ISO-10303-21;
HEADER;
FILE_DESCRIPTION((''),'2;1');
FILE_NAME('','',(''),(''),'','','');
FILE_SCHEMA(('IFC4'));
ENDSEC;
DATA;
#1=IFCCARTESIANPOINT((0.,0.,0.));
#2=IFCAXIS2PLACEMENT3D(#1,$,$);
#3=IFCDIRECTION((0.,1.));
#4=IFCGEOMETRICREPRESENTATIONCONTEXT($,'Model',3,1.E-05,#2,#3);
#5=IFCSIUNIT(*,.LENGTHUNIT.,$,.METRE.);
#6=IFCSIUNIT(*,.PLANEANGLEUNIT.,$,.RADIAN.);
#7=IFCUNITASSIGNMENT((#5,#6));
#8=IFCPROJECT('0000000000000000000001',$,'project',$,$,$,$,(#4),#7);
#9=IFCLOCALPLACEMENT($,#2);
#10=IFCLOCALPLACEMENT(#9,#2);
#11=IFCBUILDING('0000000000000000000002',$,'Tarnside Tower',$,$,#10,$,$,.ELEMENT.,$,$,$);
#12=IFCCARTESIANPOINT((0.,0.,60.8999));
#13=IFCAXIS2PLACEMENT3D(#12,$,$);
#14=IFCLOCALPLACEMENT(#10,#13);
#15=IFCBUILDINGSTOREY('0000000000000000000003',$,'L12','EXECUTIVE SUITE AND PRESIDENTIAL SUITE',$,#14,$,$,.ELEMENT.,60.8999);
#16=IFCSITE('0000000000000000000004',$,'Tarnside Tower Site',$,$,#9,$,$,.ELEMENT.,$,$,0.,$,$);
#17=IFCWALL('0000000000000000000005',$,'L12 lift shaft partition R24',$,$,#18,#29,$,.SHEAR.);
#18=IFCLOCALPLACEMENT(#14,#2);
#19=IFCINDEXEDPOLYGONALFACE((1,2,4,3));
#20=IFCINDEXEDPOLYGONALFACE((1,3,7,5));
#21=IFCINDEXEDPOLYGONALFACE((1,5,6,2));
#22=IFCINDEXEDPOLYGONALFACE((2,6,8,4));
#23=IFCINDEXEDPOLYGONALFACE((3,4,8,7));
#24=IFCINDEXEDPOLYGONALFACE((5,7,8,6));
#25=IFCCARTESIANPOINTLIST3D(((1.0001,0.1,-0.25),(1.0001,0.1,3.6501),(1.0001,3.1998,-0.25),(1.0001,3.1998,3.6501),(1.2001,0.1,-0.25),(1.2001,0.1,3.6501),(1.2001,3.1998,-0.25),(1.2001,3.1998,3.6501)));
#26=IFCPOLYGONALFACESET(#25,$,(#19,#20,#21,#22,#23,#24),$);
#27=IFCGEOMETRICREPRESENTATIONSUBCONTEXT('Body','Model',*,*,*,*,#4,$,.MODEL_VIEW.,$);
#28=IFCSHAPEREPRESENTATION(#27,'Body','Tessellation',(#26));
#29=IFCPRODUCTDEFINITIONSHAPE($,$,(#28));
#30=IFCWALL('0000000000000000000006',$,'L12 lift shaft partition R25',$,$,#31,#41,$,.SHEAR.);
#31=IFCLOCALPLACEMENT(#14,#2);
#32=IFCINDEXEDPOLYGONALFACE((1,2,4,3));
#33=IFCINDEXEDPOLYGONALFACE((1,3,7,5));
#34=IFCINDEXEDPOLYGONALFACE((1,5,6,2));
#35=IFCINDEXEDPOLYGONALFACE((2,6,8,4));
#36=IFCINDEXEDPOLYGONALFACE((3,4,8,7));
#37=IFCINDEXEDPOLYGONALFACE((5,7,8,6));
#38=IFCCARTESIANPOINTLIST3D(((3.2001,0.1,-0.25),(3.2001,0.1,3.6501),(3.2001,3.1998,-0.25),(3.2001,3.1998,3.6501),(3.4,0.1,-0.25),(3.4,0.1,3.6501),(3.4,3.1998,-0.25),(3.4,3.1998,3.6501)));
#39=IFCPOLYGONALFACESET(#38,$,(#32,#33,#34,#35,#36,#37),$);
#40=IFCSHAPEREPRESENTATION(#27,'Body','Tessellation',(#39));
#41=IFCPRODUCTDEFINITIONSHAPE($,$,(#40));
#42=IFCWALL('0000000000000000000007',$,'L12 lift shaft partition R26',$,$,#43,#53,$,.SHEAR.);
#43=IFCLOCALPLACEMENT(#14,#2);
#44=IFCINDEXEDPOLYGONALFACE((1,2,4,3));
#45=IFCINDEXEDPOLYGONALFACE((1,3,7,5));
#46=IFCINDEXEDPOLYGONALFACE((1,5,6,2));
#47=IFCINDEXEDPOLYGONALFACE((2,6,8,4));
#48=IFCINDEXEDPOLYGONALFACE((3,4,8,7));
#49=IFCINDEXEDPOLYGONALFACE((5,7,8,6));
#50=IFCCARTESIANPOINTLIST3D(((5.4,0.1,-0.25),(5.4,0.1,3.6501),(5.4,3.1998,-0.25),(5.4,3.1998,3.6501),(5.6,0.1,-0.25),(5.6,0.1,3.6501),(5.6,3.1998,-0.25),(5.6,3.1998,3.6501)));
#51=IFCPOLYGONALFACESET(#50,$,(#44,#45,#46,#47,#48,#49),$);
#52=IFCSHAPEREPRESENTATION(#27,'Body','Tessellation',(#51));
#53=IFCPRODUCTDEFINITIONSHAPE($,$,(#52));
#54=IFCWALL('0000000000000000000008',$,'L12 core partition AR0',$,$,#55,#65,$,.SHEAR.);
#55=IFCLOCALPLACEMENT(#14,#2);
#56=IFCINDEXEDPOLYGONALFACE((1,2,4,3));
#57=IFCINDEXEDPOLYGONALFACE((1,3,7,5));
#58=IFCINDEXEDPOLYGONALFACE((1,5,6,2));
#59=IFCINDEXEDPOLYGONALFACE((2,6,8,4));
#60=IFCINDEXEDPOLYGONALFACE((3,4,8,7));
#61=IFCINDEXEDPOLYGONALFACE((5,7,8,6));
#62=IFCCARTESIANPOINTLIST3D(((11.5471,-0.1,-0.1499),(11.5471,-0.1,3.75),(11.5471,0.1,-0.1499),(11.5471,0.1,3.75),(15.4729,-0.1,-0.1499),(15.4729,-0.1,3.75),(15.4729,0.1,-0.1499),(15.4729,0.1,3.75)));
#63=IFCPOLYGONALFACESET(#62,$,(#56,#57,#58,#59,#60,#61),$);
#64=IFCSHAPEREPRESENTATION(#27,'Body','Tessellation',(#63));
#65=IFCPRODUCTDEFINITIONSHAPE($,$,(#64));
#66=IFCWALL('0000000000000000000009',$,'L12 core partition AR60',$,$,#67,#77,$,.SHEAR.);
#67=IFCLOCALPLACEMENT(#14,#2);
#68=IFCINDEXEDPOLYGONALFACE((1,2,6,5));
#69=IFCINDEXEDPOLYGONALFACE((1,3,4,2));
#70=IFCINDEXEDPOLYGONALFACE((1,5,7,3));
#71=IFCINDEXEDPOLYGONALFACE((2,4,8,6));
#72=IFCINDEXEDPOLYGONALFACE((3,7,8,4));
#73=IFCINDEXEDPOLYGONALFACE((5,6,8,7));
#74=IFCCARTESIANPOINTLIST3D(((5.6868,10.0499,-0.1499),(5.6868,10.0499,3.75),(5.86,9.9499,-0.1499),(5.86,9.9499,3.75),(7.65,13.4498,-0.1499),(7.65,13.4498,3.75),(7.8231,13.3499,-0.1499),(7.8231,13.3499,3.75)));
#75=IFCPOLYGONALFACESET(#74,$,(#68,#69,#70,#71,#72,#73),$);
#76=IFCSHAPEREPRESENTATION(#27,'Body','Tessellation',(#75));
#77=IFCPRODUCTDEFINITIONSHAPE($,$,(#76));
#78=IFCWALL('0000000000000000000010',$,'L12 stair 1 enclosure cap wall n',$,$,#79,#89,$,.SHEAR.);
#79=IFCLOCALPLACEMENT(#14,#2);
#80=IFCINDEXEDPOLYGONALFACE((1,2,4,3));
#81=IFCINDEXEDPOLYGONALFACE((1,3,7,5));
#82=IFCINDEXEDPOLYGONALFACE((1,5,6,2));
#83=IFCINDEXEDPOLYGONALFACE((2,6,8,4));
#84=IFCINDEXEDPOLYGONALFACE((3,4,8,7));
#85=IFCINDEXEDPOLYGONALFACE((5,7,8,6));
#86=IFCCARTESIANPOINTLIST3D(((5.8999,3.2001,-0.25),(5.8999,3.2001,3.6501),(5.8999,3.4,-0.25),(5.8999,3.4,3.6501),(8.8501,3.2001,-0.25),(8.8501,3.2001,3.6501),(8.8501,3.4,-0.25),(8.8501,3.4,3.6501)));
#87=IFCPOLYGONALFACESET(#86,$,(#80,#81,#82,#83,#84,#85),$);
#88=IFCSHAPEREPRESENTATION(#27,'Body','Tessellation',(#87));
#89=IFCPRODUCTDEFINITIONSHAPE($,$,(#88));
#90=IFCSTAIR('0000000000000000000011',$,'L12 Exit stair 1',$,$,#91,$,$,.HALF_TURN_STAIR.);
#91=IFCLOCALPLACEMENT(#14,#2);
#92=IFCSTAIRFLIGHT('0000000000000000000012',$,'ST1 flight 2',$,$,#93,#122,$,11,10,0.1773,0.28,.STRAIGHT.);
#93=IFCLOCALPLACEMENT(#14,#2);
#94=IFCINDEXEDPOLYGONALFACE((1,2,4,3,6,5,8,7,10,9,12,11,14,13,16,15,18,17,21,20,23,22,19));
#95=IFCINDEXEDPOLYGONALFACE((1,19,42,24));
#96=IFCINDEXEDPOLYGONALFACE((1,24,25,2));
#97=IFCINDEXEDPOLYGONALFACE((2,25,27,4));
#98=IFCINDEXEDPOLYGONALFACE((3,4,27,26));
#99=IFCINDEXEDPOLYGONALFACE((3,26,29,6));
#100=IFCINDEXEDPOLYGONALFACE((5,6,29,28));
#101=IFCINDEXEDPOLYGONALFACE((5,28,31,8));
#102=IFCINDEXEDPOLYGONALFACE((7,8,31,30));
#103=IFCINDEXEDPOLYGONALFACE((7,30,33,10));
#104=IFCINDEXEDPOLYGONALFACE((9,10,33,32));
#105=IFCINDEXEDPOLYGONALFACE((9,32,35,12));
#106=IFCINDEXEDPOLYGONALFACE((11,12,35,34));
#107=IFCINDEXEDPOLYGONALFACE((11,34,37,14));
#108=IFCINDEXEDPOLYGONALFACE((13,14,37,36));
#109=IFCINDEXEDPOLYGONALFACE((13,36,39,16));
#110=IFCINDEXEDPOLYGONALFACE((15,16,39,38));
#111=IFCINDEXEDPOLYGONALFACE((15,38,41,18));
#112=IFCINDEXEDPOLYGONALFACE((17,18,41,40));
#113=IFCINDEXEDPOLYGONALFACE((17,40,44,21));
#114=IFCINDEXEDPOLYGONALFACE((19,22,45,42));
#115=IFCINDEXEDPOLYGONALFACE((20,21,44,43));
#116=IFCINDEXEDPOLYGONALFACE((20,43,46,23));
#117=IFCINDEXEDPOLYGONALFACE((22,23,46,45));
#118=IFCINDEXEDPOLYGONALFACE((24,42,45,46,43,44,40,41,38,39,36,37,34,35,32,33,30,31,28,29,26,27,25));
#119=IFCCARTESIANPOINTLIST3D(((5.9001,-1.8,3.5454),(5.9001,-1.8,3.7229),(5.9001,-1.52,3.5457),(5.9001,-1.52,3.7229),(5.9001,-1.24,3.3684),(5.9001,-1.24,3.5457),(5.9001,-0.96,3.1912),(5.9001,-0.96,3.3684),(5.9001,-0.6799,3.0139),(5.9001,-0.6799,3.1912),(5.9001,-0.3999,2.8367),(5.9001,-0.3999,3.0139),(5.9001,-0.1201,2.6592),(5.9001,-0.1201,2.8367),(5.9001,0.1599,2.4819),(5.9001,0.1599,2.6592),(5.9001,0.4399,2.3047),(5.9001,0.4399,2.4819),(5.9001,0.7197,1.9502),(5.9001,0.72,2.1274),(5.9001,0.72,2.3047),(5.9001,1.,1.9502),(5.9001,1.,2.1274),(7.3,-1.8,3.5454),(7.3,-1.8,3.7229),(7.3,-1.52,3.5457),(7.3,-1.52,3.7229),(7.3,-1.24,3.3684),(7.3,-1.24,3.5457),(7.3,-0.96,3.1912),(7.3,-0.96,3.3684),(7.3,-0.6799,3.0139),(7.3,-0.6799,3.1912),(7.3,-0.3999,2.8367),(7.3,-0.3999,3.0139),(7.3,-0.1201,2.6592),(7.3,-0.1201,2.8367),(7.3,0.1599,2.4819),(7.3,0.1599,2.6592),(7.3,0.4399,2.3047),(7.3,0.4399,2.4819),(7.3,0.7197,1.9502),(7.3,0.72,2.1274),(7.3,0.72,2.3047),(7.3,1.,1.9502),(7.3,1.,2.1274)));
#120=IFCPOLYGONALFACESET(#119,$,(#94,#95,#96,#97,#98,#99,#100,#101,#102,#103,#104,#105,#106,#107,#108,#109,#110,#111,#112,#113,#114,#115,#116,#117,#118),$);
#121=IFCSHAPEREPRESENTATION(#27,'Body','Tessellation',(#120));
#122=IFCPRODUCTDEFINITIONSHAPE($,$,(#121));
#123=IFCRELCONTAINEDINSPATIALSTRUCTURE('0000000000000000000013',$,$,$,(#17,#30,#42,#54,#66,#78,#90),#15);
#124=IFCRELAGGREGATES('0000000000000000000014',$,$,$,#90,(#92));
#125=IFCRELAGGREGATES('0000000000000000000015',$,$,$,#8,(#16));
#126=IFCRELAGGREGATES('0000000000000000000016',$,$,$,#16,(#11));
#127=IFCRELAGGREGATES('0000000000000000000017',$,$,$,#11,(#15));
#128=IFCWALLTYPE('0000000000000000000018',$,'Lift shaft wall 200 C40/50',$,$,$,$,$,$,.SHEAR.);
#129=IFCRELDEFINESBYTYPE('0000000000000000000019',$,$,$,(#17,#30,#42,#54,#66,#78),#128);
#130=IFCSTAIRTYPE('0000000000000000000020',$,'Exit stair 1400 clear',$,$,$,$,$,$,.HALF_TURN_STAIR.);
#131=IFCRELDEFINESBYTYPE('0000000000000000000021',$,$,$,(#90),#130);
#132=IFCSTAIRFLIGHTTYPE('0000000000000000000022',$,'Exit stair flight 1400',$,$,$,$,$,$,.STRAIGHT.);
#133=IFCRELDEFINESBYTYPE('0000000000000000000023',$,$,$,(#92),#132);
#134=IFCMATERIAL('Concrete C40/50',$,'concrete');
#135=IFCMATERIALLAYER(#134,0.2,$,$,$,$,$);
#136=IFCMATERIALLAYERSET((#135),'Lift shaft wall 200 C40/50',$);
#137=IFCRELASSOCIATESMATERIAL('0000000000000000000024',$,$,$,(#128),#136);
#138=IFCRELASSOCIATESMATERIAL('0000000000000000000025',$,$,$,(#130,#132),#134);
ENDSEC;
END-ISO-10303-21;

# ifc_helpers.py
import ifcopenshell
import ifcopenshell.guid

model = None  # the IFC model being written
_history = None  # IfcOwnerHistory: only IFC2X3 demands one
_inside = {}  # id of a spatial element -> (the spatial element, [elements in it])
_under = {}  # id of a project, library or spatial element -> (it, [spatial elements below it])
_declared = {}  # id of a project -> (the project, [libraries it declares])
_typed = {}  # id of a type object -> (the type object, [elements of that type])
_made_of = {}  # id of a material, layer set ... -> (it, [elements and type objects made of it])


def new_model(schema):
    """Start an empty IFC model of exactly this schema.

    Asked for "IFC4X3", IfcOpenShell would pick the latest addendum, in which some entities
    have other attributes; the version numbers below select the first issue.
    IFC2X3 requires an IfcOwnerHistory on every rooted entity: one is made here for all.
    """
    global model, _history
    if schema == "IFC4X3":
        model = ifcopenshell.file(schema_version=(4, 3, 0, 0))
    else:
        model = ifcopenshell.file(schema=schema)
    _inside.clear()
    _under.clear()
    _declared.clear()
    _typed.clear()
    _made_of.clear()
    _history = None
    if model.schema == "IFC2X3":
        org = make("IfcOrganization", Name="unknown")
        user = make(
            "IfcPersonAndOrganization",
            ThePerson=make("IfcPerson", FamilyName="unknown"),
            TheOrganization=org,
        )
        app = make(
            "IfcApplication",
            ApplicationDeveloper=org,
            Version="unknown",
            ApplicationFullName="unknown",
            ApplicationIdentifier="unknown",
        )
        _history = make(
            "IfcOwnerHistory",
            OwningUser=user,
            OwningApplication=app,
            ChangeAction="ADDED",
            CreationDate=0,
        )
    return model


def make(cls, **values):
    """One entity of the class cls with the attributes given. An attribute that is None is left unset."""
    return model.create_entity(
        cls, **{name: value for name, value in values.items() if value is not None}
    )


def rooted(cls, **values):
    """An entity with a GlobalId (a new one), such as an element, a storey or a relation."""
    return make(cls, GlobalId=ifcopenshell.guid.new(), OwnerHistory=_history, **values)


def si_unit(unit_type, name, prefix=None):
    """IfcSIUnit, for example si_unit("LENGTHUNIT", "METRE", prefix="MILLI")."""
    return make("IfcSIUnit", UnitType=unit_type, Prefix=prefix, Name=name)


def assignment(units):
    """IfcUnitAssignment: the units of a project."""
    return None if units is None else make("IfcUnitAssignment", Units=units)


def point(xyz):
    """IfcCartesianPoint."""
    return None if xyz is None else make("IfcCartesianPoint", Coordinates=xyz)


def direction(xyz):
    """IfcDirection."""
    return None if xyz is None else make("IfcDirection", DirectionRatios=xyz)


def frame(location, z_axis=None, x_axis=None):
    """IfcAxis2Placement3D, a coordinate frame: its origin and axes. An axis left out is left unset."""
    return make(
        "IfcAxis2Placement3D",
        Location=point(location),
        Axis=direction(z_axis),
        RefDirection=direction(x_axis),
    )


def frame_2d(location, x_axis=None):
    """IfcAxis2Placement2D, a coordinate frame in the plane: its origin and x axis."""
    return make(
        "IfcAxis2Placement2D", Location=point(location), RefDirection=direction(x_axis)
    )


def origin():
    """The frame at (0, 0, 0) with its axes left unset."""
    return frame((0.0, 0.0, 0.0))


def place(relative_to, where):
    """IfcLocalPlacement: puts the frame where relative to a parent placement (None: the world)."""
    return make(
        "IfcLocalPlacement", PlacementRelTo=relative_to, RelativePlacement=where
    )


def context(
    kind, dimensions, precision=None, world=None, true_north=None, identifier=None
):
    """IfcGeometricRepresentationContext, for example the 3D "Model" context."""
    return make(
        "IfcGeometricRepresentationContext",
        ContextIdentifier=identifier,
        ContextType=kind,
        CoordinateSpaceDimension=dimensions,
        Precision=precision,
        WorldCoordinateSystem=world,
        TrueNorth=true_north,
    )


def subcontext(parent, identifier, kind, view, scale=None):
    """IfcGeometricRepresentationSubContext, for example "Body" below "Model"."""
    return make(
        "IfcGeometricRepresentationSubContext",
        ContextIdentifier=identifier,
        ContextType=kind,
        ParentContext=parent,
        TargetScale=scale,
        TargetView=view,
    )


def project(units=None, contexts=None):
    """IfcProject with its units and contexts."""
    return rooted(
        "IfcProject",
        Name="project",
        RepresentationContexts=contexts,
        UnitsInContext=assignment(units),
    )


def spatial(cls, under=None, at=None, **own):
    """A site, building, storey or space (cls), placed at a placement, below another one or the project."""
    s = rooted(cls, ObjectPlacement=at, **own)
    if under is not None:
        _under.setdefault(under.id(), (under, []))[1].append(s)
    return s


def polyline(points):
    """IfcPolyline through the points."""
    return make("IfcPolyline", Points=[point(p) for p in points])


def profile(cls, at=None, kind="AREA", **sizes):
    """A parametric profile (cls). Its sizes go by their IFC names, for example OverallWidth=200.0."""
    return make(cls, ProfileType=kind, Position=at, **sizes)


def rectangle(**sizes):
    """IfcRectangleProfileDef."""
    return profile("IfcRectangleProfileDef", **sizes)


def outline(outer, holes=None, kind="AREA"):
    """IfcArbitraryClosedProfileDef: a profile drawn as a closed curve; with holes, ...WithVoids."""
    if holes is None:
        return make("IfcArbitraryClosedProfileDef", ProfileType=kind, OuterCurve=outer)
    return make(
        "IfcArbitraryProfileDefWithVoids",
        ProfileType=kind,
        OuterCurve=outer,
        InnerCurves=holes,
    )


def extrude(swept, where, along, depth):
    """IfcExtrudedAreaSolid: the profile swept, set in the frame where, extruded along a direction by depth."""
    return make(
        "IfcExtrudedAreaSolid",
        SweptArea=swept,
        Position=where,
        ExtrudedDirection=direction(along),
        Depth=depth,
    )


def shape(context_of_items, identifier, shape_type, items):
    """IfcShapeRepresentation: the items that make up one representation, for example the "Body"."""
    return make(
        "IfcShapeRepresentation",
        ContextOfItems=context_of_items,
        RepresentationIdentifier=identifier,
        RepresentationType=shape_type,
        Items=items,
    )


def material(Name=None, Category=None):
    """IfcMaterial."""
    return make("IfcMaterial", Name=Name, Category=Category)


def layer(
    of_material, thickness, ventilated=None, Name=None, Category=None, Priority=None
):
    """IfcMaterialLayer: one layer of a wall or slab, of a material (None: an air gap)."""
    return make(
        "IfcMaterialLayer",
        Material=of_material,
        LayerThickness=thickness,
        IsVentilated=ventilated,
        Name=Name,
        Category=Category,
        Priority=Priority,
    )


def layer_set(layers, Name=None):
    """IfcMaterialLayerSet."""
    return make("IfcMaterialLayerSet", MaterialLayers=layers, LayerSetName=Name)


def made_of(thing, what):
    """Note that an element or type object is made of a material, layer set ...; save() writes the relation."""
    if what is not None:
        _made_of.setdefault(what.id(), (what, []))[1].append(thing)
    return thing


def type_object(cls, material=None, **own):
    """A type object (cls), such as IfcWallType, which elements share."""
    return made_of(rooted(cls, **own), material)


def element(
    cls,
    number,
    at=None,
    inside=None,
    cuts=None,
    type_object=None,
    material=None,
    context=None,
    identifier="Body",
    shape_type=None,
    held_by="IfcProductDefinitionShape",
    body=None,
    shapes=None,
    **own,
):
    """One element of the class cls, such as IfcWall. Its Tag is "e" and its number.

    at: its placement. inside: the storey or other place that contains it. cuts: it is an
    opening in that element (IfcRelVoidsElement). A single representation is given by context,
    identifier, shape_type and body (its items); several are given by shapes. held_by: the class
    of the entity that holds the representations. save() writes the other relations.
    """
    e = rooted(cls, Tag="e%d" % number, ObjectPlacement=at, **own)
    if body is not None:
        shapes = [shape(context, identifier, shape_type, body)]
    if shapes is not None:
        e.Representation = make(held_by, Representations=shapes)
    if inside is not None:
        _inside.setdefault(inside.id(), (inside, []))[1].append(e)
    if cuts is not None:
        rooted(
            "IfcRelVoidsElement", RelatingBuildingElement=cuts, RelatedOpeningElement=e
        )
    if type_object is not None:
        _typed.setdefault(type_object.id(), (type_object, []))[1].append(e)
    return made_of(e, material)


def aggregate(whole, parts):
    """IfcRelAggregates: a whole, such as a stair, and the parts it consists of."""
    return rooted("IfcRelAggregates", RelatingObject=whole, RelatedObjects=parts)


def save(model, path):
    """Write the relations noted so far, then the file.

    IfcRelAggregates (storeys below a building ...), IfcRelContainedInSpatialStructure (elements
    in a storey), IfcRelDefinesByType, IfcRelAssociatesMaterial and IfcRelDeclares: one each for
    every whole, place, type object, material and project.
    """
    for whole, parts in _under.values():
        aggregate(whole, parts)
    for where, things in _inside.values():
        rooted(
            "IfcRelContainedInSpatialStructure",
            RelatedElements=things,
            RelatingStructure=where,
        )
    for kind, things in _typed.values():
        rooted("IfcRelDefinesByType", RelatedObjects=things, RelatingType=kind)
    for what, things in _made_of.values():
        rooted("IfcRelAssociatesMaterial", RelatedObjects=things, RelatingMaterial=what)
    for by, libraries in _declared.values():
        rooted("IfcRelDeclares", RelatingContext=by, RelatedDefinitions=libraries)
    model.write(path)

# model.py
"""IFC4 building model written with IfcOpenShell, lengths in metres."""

from ifc_helpers import new_model, si_unit, direction, frame, frame_2d, origin, place, context, subcontext, project, spatial, polyline, rectangle, outline, extrude, material, layer, layer_set, type_object, element, aggregate, save


model = new_model("IFC4")

# Units and contexts
model_context = context("Model", 3, precision=1e-05, world=origin(), true_north=direction((0.0, 1.0)))
body_context = subcontext(model_context, "Body", "Model", "MODEL_VIEW")
ifc_project = project(units=[si_unit("LENGTHUNIT", "METRE"), si_unit("PLANEANGLEUNIT", "RADIAN")], contexts=[model_context])

# Site, building, storey
site_placement = place(None, origin())
site = spatial("IfcSite", under=ifc_project, at=site_placement, Name="Tarnside Tower Site", CompositionType="ELEMENT", RefElevation=0.0)
building_placement = place(site_placement, origin())
building = spatial("IfcBuilding", under=site, at=building_placement, Name="Tarnside Tower", CompositionType="ELEMENT")
storey_placement = place(building_placement, frame((0.0, 0.0, 60.8999)))
storey = spatial("IfcBuildingStorey", under=building, at=storey_placement, Name="L12", Description="EXECUTIVE SUITE AND PRESIDENTIAL SUITE", CompositionType="ELEMENT", Elevation=60.8999)

# Shared definitions
ifc_material_1 = material(Name="Concrete C40/50", Category="concrete")

# Walls
ifc_layer_1 = layer(ifc_material_1, 0.2)
ifc_layer_set_1 = layer_set([ifc_layer_1], Name="Lift shaft wall 200 C40/50")
wall_type_1 = type_object("IfcWallType", Name="Lift shaft wall 200 C40/50", PredefinedType="SHEAR", material=ifc_layer_set_1)
for number, where, z_axis, x_axis, name in (
    (1, (1.1001, 0.1001, -0.25), (0.0, 0.0, 1.0), (0.0, 1.0, 0.0), "L12 lift shaft partition R24"),
    (2, (3.3, 0.1001, -0.25), (0.0, 0.0, 1.0), (0.0, 1.0, 0.0), "L12 lift shaft partition R25"),
    (3, (5.5, 0.1001, -0.25), (0.0, 0.0, 1.0), (0.0, 1.0, 0.0), "L12 lift shaft partition R26"),
):
    element("IfcWall", number, at=place(storey_placement, frame(where, z_axis=z_axis, x_axis=x_axis)), inside=storey, type_object=wall_type_1, Name=name, PredefinedType="SHEAR", context=body_context, shape_type="SweptSolid", body=[
        extrude(rectangle(XDim=3.0999, YDim=0.2, at=frame_2d((1.5498, 0.0))), origin(), (0.0, 0.0, 1.0), 3.9001),
    ])
wall_1_placement = place(storey_placement, frame((11.5471, 0.0, -0.1499), z_axis=(0.0, 0.0, 1.0), x_axis=(1.0, 0.0, 0.0)))
element("IfcWall", 4, at=wall_1_placement, inside=storey, type_object=wall_type_1, Name="L12 core partition AR0", PredefinedType="SHEAR", context=body_context, shape_type="SweptSolid", body=[
    extrude(rectangle(XDim=3.9258, YDim=0.2, at=frame_2d((1.9629, 0.0))), origin(), (0.0, 0.0, 1.0), 3.8999),
])
wall_2_placement = place(storey_placement, frame((5.7734, 10.0, -0.1499), z_axis=(0.0, 0.0, 1.0), x_axis=(0.500038, 0.866003, 0.0)))
element("IfcWall", 5, at=wall_2_placement, inside=storey, type_object=wall_type_1, Name="L12 core partition AR60", PredefinedType="SHEAR", context=body_context, shape_type="SweptSolid", body=[
    extrude(rectangle(XDim=3.926, YDim=0.2, at=frame_2d((1.9629, 0.0))), origin(), (0.0, 0.0, 1.0), 3.8999),
])
wall_3_placement = place(storey_placement, frame((5.8999, 3.3, -0.25), z_axis=(0.0, 0.0, 1.0), x_axis=(1.0, 0.0, 0.0)))
element("IfcWall", 6, at=wall_3_placement, inside=storey, type_object=wall_type_1, Name="L12 stair 1 enclosure cap wall n", PredefinedType="SHEAR", context=body_context, shape_type="SweptSolid", body=[
    extrude(rectangle(XDim=2.9502, YDim=0.2, at=frame_2d((1.4751, 0.0))), origin(), (0.0, 0.0, 1.0), 3.9001),
])

# Stair, stair flight
stair_type = type_object("IfcStairType", Name="Exit stair 1400 clear", PredefinedType="HALF_TURN_STAIR", material=ifc_material_1)
stair_placement = place(storey_placement, origin())
stair = element("IfcStair", 7, at=stair_placement, inside=storey, type_object=stair_type, Name="L12 Exit stair 1", PredefinedType="HALF_TURN_STAIR")
stair_flight_type = type_object("IfcStairFlightType", Name="Exit stair flight 1400", PredefinedType="STRAIGHT", material=ifc_material_1)
stair_flight_placement = place(storey_placement, frame((6.6001, 1.0, 1.9502), z_axis=(0.0, 0.0, 1.0), x_axis=(0.0, -1.0, 0.0)))
stair_flight = element("IfcStairFlight", 8, at=stair_flight_placement, type_object=stair_flight_type, Name="ST1 flight 2", NumberOfRisers=11, NumberOfTreads=10, PredefinedType="STRAIGHT", RiserHeight=0.1773, TreadLength=0.28, context=body_context, shape_type="SweptSolid", body=[
    extrude(outline(polyline([(0.0, 0.0), (0.0, 0.1772), (0.28, 0.1772), (0.28, 0.3545), (0.5601, 0.3545), (0.5601, 0.5317), (0.8401, 0.5317), (0.8401, 0.709), (1.1201, 0.709), (1.1201, 0.8865), (1.3999, 0.8865), (1.3999, 1.0637), (1.6799, 1.0637), (1.6799, 1.241), (1.96, 1.241), (1.96, 1.4182), (2.24, 1.4182), (2.24, 1.5955), (2.52, 1.5955), (2.52, 1.7727), (2.8, 1.7727), (2.8, 1.95), (2.8, 1.5952), (0.2803, 0.0), (0.0, 0.0)])), frame((0.0, 0.7, 0.0), z_axis=(0.0, -1.0, 0.0), x_axis=(1.0, 0.0, 0.0)), (0.0, 0.0, 1.0), 1.3999),
])
aggregate(stair, [stair_flight])

save(model, "model.ifc")
